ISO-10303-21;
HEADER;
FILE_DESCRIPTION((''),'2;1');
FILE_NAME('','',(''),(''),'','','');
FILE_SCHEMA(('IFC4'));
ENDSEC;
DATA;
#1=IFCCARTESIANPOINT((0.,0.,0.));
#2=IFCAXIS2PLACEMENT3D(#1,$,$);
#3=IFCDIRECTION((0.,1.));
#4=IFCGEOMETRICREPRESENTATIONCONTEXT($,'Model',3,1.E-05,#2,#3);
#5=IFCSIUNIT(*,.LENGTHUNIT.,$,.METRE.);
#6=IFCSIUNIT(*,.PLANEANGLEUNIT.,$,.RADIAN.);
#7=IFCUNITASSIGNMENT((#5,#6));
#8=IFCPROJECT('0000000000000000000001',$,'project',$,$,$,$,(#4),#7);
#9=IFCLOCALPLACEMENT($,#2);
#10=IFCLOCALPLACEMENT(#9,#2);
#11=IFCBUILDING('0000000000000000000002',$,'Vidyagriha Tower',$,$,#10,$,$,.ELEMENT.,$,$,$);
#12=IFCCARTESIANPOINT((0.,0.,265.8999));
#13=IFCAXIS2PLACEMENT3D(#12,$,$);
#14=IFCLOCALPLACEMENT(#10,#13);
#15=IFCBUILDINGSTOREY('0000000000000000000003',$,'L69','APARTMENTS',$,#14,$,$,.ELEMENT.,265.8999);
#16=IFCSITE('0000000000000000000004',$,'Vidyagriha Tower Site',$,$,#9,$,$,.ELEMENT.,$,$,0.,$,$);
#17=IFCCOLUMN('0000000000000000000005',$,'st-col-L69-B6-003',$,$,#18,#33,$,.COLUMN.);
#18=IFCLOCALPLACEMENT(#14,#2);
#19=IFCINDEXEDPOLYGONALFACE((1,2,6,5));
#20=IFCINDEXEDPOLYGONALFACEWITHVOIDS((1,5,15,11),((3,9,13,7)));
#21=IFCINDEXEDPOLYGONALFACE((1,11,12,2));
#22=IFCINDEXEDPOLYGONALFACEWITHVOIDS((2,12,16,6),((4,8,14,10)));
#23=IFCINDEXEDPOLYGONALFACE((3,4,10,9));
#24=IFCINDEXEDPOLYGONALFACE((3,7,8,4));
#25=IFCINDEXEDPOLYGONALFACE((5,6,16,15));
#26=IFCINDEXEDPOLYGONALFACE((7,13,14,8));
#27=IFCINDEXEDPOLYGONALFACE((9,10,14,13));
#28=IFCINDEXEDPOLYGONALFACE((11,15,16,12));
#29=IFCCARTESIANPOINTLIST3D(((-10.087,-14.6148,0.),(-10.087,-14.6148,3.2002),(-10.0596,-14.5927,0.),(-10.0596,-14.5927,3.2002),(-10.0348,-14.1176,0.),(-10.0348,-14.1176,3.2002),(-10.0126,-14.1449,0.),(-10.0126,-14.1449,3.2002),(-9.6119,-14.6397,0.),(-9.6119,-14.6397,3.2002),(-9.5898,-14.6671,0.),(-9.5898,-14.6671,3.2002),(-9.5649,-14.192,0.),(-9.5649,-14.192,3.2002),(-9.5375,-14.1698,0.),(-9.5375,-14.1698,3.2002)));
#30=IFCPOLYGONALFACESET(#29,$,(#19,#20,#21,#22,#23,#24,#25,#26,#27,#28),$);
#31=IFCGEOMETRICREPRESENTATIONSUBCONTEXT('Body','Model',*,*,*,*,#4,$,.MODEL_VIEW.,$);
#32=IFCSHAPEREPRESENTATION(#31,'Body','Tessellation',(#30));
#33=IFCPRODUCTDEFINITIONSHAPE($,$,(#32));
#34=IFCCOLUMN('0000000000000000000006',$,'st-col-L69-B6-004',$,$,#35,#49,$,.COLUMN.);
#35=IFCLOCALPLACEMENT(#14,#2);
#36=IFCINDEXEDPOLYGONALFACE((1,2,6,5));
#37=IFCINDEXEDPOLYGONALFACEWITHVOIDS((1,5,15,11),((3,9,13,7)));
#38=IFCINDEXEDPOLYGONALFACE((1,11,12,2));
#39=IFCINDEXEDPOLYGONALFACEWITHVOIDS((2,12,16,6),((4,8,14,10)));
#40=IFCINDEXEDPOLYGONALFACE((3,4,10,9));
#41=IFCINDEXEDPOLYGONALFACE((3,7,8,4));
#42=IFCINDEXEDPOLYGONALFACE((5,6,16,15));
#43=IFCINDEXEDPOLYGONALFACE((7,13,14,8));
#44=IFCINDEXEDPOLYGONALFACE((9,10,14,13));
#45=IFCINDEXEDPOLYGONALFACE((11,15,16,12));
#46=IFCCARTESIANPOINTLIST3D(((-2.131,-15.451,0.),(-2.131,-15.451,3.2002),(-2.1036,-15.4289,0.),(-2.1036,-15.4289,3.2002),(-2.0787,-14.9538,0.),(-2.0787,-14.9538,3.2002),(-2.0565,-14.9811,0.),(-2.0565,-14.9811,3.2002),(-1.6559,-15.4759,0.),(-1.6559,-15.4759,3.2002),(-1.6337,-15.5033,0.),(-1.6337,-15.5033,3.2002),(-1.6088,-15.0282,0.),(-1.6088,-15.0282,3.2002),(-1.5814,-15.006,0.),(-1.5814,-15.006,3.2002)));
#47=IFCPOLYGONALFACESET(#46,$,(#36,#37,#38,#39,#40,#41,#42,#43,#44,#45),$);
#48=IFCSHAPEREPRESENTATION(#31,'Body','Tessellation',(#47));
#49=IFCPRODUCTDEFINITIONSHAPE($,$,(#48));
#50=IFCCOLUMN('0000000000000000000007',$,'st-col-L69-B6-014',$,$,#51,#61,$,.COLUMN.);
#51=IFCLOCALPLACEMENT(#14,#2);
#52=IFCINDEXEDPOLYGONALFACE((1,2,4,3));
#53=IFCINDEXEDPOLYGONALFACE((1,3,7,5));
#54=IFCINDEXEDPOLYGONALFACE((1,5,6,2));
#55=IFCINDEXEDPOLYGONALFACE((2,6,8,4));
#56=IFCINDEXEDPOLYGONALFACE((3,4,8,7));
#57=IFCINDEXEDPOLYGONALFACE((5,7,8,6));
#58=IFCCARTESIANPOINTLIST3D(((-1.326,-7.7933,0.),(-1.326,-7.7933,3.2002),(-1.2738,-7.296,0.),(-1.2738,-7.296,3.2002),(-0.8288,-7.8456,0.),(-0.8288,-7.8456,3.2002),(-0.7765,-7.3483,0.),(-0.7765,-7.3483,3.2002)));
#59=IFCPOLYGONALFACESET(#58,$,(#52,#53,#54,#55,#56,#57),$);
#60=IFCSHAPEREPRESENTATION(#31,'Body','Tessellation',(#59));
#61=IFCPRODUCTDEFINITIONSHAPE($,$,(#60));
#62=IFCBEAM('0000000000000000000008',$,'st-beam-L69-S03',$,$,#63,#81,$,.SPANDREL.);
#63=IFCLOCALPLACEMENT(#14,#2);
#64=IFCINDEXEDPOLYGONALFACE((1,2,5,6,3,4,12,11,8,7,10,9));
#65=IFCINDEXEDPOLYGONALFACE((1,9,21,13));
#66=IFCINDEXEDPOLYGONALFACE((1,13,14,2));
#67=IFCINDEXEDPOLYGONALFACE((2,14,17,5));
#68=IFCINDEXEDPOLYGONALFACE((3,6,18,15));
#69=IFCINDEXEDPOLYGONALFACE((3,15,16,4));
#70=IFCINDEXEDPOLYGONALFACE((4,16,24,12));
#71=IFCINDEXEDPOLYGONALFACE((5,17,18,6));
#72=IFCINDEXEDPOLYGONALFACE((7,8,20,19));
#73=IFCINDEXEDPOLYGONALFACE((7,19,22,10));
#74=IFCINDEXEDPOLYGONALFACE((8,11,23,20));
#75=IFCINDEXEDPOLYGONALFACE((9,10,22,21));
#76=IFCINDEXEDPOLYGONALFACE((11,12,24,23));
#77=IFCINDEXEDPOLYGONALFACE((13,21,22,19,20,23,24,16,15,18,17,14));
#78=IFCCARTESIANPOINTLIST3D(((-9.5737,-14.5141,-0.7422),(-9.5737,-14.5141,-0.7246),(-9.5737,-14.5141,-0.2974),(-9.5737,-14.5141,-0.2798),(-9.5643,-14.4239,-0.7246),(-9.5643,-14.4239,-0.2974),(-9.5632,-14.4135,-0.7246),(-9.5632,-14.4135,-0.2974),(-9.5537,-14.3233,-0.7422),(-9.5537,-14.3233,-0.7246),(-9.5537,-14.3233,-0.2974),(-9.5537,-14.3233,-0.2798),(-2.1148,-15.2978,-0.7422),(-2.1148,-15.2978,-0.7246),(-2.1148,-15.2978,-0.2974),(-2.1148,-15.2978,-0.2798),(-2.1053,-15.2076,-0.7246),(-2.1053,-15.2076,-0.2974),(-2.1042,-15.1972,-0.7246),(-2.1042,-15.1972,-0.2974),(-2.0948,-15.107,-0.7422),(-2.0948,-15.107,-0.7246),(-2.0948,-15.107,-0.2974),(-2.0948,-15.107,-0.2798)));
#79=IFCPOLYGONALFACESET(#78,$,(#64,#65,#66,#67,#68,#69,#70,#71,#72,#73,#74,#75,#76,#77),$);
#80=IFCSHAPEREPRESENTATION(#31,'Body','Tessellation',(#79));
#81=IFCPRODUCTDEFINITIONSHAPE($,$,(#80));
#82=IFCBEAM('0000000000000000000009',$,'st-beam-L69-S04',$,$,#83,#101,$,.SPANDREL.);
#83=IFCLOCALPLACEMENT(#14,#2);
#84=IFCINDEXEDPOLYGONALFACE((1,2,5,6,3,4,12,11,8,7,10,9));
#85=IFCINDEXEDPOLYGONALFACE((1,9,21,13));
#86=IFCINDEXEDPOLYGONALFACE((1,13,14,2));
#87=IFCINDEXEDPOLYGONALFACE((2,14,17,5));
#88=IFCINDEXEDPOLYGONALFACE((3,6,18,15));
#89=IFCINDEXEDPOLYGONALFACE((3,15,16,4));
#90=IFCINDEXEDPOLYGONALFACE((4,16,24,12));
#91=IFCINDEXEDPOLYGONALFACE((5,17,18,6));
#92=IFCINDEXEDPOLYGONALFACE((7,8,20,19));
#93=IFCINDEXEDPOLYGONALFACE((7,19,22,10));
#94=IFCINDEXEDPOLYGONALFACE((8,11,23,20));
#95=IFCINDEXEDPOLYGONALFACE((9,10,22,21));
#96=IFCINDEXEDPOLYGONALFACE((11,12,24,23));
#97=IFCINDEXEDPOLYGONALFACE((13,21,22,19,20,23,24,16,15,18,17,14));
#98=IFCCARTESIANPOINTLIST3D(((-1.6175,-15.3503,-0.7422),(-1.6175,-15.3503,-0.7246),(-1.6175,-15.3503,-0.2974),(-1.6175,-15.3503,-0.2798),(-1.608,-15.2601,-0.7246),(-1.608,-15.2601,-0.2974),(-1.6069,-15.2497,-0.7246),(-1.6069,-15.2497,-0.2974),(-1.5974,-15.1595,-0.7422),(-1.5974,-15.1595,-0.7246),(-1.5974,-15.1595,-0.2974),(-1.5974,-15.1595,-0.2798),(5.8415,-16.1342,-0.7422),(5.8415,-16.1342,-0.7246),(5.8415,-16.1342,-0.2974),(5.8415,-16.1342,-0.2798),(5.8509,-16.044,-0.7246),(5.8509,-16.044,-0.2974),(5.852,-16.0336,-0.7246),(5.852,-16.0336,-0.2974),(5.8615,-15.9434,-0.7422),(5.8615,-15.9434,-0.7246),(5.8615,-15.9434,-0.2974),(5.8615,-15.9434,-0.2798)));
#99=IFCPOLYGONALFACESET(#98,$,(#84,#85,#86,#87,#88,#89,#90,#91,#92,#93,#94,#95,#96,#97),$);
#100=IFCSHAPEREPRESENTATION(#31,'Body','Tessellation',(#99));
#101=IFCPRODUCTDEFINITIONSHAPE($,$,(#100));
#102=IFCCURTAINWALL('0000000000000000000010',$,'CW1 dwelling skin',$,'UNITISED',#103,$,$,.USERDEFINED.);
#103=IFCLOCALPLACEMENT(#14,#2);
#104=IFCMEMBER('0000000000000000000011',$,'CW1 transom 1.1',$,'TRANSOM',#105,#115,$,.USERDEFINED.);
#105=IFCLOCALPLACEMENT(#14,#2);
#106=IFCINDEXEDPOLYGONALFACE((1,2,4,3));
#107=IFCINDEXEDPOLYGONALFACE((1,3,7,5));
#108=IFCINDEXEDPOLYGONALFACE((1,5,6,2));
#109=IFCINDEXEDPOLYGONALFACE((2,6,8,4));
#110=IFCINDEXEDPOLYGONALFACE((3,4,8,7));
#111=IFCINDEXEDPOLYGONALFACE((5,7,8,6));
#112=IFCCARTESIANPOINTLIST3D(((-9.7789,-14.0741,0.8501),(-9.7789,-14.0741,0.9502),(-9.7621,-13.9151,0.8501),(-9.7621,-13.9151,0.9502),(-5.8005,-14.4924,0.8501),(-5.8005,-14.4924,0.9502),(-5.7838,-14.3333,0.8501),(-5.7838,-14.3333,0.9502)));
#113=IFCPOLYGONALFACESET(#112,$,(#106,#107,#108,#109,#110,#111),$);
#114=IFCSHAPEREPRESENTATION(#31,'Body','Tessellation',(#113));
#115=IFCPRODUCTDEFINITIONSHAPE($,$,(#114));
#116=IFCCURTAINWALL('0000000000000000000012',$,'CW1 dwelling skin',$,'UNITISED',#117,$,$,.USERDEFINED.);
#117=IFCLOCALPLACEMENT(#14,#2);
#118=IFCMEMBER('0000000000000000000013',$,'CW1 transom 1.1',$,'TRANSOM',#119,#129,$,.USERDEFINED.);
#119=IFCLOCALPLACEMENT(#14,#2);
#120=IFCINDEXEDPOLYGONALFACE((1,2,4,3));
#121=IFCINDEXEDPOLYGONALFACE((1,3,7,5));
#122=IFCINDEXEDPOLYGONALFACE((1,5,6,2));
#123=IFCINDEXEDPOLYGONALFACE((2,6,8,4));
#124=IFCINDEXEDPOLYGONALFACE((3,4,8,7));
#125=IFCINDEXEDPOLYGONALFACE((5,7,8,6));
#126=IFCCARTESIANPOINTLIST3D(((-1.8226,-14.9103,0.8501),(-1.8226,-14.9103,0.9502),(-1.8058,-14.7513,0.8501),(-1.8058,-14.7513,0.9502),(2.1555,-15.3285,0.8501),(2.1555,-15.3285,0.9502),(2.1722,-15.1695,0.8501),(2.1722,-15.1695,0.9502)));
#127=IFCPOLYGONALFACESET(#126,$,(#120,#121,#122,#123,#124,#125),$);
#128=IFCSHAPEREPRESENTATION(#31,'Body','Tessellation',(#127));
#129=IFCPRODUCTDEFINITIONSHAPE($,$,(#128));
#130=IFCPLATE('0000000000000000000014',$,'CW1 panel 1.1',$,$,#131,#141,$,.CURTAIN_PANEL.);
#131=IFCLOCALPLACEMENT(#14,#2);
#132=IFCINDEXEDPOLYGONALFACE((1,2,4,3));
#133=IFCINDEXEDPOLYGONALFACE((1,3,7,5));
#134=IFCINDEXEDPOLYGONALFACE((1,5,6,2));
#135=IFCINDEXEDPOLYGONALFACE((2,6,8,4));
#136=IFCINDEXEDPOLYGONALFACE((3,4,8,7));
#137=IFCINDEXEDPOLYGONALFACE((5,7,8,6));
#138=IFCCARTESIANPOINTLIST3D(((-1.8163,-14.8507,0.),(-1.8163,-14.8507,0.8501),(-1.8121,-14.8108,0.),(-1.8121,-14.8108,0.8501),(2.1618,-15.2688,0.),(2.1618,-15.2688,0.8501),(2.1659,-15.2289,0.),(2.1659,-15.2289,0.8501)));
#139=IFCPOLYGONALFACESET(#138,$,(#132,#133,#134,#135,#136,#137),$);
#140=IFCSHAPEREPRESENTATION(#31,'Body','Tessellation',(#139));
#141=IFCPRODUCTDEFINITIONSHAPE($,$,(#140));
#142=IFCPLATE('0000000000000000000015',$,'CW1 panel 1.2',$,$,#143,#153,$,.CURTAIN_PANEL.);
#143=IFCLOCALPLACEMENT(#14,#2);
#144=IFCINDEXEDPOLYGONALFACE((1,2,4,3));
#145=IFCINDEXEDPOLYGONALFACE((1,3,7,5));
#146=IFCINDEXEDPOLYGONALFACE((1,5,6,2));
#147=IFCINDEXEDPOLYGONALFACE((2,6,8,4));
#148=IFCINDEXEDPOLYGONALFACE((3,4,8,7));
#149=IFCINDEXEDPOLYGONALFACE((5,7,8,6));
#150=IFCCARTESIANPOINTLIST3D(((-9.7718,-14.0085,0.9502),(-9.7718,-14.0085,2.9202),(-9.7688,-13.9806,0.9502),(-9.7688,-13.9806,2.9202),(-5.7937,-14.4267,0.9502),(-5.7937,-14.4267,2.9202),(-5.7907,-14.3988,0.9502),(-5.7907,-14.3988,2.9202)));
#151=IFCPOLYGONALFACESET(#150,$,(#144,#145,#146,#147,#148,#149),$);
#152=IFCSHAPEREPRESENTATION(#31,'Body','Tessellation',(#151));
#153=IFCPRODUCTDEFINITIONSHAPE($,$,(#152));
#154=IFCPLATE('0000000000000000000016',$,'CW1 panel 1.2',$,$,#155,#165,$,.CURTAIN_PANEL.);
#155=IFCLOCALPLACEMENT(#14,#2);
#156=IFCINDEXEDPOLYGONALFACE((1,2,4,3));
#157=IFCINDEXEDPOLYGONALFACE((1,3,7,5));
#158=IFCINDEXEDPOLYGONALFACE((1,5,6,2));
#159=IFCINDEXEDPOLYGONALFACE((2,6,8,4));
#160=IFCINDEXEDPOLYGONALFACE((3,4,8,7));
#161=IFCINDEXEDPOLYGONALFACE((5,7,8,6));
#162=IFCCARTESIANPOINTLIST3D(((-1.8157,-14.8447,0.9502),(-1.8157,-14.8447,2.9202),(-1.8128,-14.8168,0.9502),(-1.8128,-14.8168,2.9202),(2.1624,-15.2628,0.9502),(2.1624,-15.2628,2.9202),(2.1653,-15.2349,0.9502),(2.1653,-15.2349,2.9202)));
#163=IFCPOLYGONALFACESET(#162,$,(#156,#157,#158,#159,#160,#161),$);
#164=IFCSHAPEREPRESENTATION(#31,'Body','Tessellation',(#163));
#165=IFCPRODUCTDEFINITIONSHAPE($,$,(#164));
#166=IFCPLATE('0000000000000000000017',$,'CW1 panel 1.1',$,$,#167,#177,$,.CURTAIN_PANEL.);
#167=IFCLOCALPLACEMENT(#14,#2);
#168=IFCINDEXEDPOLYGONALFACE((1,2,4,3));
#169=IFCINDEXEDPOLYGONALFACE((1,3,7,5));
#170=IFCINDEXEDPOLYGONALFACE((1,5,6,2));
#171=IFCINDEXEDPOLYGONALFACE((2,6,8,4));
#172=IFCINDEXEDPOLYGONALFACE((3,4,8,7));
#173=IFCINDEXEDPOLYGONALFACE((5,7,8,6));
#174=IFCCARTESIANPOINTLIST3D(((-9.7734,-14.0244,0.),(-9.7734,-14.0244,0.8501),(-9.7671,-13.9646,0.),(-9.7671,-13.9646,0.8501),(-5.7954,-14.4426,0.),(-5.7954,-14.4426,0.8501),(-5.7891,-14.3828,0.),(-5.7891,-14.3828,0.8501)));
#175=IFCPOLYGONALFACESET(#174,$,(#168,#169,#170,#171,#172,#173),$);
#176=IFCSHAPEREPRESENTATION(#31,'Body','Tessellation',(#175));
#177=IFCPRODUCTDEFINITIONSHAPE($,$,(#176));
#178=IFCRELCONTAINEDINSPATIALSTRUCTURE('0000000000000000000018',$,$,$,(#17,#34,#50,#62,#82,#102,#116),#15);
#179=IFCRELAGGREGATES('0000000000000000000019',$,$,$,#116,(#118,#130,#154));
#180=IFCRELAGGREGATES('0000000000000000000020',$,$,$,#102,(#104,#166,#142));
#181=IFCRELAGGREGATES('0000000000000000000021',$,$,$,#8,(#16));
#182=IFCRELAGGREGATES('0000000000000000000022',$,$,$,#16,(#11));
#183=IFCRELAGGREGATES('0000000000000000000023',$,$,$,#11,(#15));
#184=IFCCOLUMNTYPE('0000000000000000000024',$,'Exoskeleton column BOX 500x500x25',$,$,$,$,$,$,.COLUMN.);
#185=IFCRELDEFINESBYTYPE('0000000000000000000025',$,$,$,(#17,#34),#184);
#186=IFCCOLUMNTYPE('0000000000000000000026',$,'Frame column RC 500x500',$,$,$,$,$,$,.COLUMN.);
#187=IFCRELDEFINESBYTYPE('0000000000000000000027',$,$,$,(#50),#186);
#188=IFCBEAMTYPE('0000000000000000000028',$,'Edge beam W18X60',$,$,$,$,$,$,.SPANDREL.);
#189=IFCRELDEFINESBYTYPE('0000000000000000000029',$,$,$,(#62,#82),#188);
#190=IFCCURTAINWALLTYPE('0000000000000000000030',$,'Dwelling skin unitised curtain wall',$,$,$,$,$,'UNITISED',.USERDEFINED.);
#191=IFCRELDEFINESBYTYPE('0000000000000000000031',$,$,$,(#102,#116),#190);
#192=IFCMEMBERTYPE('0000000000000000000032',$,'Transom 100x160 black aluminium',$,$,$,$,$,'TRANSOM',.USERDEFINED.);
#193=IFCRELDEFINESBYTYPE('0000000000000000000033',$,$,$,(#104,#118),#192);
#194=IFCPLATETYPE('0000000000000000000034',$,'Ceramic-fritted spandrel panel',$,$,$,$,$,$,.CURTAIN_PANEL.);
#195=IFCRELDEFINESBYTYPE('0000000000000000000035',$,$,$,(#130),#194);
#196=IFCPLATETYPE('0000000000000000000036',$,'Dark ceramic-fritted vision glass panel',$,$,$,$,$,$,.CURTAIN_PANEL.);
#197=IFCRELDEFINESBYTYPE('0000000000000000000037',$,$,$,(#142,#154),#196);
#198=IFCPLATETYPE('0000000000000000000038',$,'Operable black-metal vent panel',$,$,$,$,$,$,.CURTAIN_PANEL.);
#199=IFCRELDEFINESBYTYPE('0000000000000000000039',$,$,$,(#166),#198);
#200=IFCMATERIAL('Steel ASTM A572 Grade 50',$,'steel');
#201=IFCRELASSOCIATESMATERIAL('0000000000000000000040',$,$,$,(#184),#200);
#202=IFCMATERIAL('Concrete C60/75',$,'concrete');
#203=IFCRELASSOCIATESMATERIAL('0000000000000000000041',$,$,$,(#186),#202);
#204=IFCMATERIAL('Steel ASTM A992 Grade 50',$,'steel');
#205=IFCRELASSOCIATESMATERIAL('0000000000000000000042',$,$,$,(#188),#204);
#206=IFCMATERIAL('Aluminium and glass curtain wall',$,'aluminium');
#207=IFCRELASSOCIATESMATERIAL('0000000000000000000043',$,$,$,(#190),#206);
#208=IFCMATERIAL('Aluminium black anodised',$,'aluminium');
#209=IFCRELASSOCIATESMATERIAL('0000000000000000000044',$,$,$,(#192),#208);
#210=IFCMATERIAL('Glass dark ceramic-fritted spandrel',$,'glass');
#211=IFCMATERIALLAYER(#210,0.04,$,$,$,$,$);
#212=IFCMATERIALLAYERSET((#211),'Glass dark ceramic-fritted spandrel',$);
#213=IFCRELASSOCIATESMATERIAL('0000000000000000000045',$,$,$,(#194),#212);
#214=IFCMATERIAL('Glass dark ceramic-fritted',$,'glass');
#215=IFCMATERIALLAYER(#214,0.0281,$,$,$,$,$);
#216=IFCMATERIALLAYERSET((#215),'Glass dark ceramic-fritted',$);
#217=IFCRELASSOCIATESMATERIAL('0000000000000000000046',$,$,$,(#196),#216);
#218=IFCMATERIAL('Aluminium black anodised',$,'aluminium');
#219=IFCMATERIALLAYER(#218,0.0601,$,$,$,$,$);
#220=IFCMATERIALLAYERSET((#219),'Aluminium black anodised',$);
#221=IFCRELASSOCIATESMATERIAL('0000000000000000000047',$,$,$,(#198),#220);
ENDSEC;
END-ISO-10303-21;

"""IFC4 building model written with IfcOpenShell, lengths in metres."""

from ifc_helpers import new_model, si_unit, direction, frame, origin, origin_2d, place, context, subcontext, project, spatial, rectangle, hollow_rectangle, i_section, extrude, material, layer, layer_set, material_profile, profile_set, type_object, element, aggregate, save


model = new_model("IFC4")

# Units and contexts
model_context = context("Model", 3, precision=1e-05, world=origin(), true_north=direction((0.0, 1.0)))
body_context = subcontext(model_context, "Body", "Model", "MODEL_VIEW")
ifc_project = project(units=[si_unit("LENGTHUNIT", "METRE"), si_unit("PLANEANGLEUNIT", "RADIAN")], contexts=[model_context])

# Site, building, storey
site_placement = place(None, origin())
site = spatial("IfcSite", under=ifc_project, at=site_placement, Name="Vidyagriha Tower Site", CompositionType="ELEMENT", RefElevation=0.0)
building_placement = place(site_placement, origin())
building = spatial("IfcBuilding", under=site, at=building_placement, Name="Vidyagriha Tower", CompositionType="ELEMENT")
storey_placement = place(building_placement, frame((0.0, 0.0, 265.8999)))
storey = spatial("IfcBuildingStorey", under=building, at=storey_placement, Name="L69", Description="APARTMENTS", CompositionType="ELEMENT", Elevation=265.8999)

# Columns
ifc_material_1 = material(Name="Steel ASTM A572 Grade 50", Category="steel")
ifc_material_profile_1 = material_profile(ifc_material_1, hollow_rectangle(XDim=0.5, YDim=0.5, WallThickness=0.0249, at=origin_2d()), Name="BOX 500x500x25")
ifc_profile_set_1 = profile_set([ifc_material_profile_1], Name="Steel ASTM A572 Grade 50")
column_type_1 = type_object("IfcColumnType", Name="Exoskeleton column BOX 500x500x25", PredefinedType="COLUMN", material=ifc_profile_set_1)
for number, where, z_axis, x_axis, name in (
    (1, (-9.8123, -14.3923, 0.0), (0.0, 0.0, 1.0), (0.994522, -0.104528, 0.0), "st-col-L69-B6-003"),
    (2, (-1.8562, -15.2285, 0.0), (0.0, 0.0, 1.0), (0.994522, -0.104528, 0.0), "st-col-L69-B6-004"),
):
    element("IfcColumn", number, at=place(storey_placement, frame(where, z_axis=z_axis, x_axis=x_axis)), inside=storey, type_object=column_type_1, Name=name, PredefinedType="COLUMN", context=body_context, shape_type="SweptSolid", body=[
        extrude(hollow_rectangle(XDim=0.5, YDim=0.5, WallThickness=0.0249, at=origin_2d()), origin(), (0.0, 0.0, 1.0), 3.2002),
    ])
ifc_material_2 = material(Name="Concrete C60/75", Category="concrete")
ifc_material_profile_2 = material_profile(ifc_material_2, rectangle(XDim=0.5, YDim=0.5, at=origin_2d()), Name="RC 500x500")
ifc_profile_set_2 = profile_set([ifc_material_profile_2], Name="Concrete C60/75")
column_type_2 = type_object("IfcColumnType", Name="Frame column RC 500x500", PredefinedType="COLUMN", material=ifc_profile_set_2)
column_placement = place(storey_placement, frame((-1.0513, -7.5708, 0.0), z_axis=(0.0, 0.0, 1.0), x_axis=(0.994522, -0.104528, 0.0)))
element("IfcColumn", 3, at=column_placement, inside=storey, type_object=column_type_2, Name="st-col-L69-B6-014", PredefinedType="COLUMN", context=body_context, shape_type="SweptSolid", body=[
    extrude(rectangle(XDim=0.5, YDim=0.5, at=origin_2d()), origin(), (0.0, 0.0, 1.0), 3.2002),
])

# Beams
ifc_material_3 = material(Name="Steel ASTM A992 Grade 50", Category="steel")
ifc_material_profile_3 = material_profile(ifc_material_3, i_section(OverallWidth=0.1919, OverallDepth=0.4624, WebThickness=0.0105, FlangeThickness=0.0176, at=origin_2d()), Name="W18X60")
ifc_profile_set_3 = profile_set([ifc_material_profile_3], Name="Steel ASTM A992 Grade 50")
beam_type = type_object("IfcBeamType", Name="Edge beam W18X60", PredefinedType="SPANDREL", material=ifc_profile_set_3)
for number, where, z_axis, x_axis, name in (
    (4, (-9.5637, -14.4187, -0.511), (0.994526, -0.104492, 0.0), (0.104492, 0.994526, 0.0), "st-beam-L69-S03"),
    (5, (-1.6074, -15.2549, -0.511), (0.994522, -0.104524, 0.0), (0.104524, 0.994522, 0.0), "st-beam-L69-S04"),
):
    element("IfcBeam", number, at=place(storey_placement, frame(where, z_axis=z_axis, x_axis=x_axis)), inside=storey, type_object=beam_type, Name=name, PredefinedType="SPANDREL", context=body_context, shape_type="SweptSolid", body=[
        extrude(i_section(OverallWidth=0.1919, OverallDepth=0.4624, WebThickness=0.0105, FlangeThickness=0.0176, at=origin_2d()), origin(), (0.0, 0.0, 1.0), 7.5),
    ])

# Curtain wall, member
ifc_material_4 = material(Name="Aluminium and glass curtain wall", Category="aluminium")
curtain_wall_type = type_object("IfcCurtainWallType", Name="Dwelling skin unitised curtain wall", ElementType="UNITISED", PredefinedType="USERDEFINED", material=ifc_material_4)
curtain_wall_1_placement = place(storey_placement, origin())
curtain_wall_1 = element("IfcCurtainWall", 6, at=curtain_wall_1_placement, inside=storey, type_object=curtain_wall_type, Name="CW1 dwelling skin", ObjectType="UNITISED", PredefinedType="USERDEFINED")
ifc_material_5 = material(Name="Aluminium black anodised", Category="aluminium")
ifc_material_profile_4 = material_profile(ifc_material_5, rectangle(XDim=0.1599, YDim=0.1001, at=origin_2d()), Name="Transom 100x160 black aluminium")
ifc_profile_set_4 = profile_set([ifc_material_profile_4], Name="Aluminium black anodised")
member_type = type_object("IfcMemberType", Name="Transom 100x160 black aluminium", ElementType="TRANSOM", PredefinedType="USERDEFINED", material=ifc_profile_set_4)
member_1_placement = place(storey_placement, frame((-9.7705, -13.9946, 0.9001), z_axis=(0.99452, -0.104548, 0.0), x_axis=(0.104548, 0.99452, 0.0)))
member_1 = element("IfcMember", 7, at=member_1_placement, type_object=member_type, Name="CW1 transom 1.1", ObjectType="TRANSOM", PredefinedType="USERDEFINED", context=body_context, shape_type="SweptSolid", body=[
    extrude(rectangle(XDim=0.1599, YDim=0.1001, at=origin_2d()), origin(), (0.0, 0.0, 1.0), 4.0002),
])

# Curtain wall, member, plate
curtain_wall_2_placement = place(storey_placement, origin())
curtain_wall_2 = element("IfcCurtainWall", 8, at=curtain_wall_2_placement, inside=storey, type_object=curtain_wall_type, Name="CW1 dwelling skin", ObjectType="UNITISED", PredefinedType="USERDEFINED")
member_2_placement = place(storey_placement, frame((-1.8142, -14.8308, 0.9001), z_axis=(0.994519, -0.104555, 0.0), x_axis=(0.104555, 0.994519, 0.0)))
member_2 = element("IfcMember", 9, at=member_2_placement, type_object=member_type, Name="CW1 transom 1.1", ObjectType="TRANSOM", PredefinedType="USERDEFINED", context=body_context, shape_type="SweptSolid", body=[
    extrude(rectangle(XDim=0.1599, YDim=0.1001, at=origin_2d()), origin(), (0.0, 0.0, 1.0), 4.0),
])
ifc_material_6 = material(Name="Glass dark ceramic-fritted spandrel", Category="glass")
ifc_layer_1 = layer(ifc_material_6, 0.04)
ifc_layer_set_1 = layer_set([ifc_layer_1], Name="Glass dark ceramic-fritted spandrel")
plate_type_1 = type_object("IfcPlateType", Name="Ceramic-fritted spandrel panel", PredefinedType="CURTAIN_PANEL", material=ifc_layer_set_1)
plate_1_placement = place(storey_placement, frame((0.1748, -15.0398, 0.0), z_axis=(0.0, 0.0, 1.0), x_axis=(0.994522, -0.104527, 0.0)))
plate_1 = element("IfcPlate", 10, at=plate_1_placement, type_object=plate_type_1, Name="CW1 panel 1.1", PredefinedType="CURTAIN_PANEL", context=body_context, shape_type="SweptSolid", body=[
    extrude(rectangle(XDim=4.0, YDim=0.04, at=origin_2d()), origin(), (0.0, 0.0, 1.0), 0.8501),
])

# Plates
ifc_material_7 = material(Name="Glass dark ceramic-fritted", Category="glass")
ifc_layer_2 = layer(ifc_material_7, 0.0281)
ifc_layer_set_2 = layer_set([ifc_layer_2], Name="Glass dark ceramic-fritted")
plate_type_2 = type_object("IfcPlateType", Name="Dark ceramic-fritted vision glass panel", PredefinedType="CURTAIN_PANEL", material=ifc_layer_set_2)
plate_2_placement = place(storey_placement, frame((-7.7812, -14.2036, 0.9502), z_axis=(0.0, 0.0, 1.0), x_axis=(0.99452, -0.104549, 0.0)))
plate_2 = element("IfcPlate", 11, at=plate_2_placement, type_object=plate_type_2, Name="CW1 panel 1.2", PredefinedType="CURTAIN_PANEL", context=body_context, shape_type="SweptSolid", body=[
    extrude(rectangle(XDim=4.0, YDim=0.0281, at=origin_2d()), origin(), (0.0, 0.0, 1.0), 1.97),
])
plate_3_placement = place(storey_placement, frame((0.1748, -15.0398, 0.9502), z_axis=(0.0, 0.0, 1.0), x_axis=(0.994522, -0.104527, 0.0)))
plate_3 = element("IfcPlate", 12, at=plate_3_placement, type_object=plate_type_2, Name="CW1 panel 1.2", PredefinedType="CURTAIN_PANEL", context=body_context, shape_type="SweptSolid", body=[
    extrude(rectangle(XDim=4.0, YDim=0.0281, at=origin_2d()), origin(), (0.0, 0.0, 1.0), 1.97),
])
aggregate(curtain_wall_2, [member_2, plate_1, plate_3])
ifc_material_8 = material(Name="Aluminium black anodised", Category="aluminium")
ifc_layer_3 = layer(ifc_material_8, 0.0601)
ifc_layer_set_3 = layer_set([ifc_layer_3], Name="Aluminium black anodised")
plate_type_3 = type_object("IfcPlateType", Name="Operable black-metal vent panel", PredefinedType="CURTAIN_PANEL", material=ifc_layer_set_3)
plate_4_placement = place(storey_placement, frame((-7.7812, -14.2036, 0.0), z_axis=(0.0, 0.0, 1.0), x_axis=(0.99452, -0.104549, 0.0)))
plate_4 = element("IfcPlate", 13, at=plate_4_placement, type_object=plate_type_3, Name="CW1 panel 1.1", PredefinedType="CURTAIN_PANEL", context=body_context, shape_type="SweptSolid", body=[
    extrude(rectangle(XDim=4.0, YDim=0.0601, at=origin_2d()), origin(), (0.0, 0.0, 1.0), 0.8501),
])
aggregate(curtain_wall_1, [member_1, plate_4, plate_2])

save(model, "model.ifc")
